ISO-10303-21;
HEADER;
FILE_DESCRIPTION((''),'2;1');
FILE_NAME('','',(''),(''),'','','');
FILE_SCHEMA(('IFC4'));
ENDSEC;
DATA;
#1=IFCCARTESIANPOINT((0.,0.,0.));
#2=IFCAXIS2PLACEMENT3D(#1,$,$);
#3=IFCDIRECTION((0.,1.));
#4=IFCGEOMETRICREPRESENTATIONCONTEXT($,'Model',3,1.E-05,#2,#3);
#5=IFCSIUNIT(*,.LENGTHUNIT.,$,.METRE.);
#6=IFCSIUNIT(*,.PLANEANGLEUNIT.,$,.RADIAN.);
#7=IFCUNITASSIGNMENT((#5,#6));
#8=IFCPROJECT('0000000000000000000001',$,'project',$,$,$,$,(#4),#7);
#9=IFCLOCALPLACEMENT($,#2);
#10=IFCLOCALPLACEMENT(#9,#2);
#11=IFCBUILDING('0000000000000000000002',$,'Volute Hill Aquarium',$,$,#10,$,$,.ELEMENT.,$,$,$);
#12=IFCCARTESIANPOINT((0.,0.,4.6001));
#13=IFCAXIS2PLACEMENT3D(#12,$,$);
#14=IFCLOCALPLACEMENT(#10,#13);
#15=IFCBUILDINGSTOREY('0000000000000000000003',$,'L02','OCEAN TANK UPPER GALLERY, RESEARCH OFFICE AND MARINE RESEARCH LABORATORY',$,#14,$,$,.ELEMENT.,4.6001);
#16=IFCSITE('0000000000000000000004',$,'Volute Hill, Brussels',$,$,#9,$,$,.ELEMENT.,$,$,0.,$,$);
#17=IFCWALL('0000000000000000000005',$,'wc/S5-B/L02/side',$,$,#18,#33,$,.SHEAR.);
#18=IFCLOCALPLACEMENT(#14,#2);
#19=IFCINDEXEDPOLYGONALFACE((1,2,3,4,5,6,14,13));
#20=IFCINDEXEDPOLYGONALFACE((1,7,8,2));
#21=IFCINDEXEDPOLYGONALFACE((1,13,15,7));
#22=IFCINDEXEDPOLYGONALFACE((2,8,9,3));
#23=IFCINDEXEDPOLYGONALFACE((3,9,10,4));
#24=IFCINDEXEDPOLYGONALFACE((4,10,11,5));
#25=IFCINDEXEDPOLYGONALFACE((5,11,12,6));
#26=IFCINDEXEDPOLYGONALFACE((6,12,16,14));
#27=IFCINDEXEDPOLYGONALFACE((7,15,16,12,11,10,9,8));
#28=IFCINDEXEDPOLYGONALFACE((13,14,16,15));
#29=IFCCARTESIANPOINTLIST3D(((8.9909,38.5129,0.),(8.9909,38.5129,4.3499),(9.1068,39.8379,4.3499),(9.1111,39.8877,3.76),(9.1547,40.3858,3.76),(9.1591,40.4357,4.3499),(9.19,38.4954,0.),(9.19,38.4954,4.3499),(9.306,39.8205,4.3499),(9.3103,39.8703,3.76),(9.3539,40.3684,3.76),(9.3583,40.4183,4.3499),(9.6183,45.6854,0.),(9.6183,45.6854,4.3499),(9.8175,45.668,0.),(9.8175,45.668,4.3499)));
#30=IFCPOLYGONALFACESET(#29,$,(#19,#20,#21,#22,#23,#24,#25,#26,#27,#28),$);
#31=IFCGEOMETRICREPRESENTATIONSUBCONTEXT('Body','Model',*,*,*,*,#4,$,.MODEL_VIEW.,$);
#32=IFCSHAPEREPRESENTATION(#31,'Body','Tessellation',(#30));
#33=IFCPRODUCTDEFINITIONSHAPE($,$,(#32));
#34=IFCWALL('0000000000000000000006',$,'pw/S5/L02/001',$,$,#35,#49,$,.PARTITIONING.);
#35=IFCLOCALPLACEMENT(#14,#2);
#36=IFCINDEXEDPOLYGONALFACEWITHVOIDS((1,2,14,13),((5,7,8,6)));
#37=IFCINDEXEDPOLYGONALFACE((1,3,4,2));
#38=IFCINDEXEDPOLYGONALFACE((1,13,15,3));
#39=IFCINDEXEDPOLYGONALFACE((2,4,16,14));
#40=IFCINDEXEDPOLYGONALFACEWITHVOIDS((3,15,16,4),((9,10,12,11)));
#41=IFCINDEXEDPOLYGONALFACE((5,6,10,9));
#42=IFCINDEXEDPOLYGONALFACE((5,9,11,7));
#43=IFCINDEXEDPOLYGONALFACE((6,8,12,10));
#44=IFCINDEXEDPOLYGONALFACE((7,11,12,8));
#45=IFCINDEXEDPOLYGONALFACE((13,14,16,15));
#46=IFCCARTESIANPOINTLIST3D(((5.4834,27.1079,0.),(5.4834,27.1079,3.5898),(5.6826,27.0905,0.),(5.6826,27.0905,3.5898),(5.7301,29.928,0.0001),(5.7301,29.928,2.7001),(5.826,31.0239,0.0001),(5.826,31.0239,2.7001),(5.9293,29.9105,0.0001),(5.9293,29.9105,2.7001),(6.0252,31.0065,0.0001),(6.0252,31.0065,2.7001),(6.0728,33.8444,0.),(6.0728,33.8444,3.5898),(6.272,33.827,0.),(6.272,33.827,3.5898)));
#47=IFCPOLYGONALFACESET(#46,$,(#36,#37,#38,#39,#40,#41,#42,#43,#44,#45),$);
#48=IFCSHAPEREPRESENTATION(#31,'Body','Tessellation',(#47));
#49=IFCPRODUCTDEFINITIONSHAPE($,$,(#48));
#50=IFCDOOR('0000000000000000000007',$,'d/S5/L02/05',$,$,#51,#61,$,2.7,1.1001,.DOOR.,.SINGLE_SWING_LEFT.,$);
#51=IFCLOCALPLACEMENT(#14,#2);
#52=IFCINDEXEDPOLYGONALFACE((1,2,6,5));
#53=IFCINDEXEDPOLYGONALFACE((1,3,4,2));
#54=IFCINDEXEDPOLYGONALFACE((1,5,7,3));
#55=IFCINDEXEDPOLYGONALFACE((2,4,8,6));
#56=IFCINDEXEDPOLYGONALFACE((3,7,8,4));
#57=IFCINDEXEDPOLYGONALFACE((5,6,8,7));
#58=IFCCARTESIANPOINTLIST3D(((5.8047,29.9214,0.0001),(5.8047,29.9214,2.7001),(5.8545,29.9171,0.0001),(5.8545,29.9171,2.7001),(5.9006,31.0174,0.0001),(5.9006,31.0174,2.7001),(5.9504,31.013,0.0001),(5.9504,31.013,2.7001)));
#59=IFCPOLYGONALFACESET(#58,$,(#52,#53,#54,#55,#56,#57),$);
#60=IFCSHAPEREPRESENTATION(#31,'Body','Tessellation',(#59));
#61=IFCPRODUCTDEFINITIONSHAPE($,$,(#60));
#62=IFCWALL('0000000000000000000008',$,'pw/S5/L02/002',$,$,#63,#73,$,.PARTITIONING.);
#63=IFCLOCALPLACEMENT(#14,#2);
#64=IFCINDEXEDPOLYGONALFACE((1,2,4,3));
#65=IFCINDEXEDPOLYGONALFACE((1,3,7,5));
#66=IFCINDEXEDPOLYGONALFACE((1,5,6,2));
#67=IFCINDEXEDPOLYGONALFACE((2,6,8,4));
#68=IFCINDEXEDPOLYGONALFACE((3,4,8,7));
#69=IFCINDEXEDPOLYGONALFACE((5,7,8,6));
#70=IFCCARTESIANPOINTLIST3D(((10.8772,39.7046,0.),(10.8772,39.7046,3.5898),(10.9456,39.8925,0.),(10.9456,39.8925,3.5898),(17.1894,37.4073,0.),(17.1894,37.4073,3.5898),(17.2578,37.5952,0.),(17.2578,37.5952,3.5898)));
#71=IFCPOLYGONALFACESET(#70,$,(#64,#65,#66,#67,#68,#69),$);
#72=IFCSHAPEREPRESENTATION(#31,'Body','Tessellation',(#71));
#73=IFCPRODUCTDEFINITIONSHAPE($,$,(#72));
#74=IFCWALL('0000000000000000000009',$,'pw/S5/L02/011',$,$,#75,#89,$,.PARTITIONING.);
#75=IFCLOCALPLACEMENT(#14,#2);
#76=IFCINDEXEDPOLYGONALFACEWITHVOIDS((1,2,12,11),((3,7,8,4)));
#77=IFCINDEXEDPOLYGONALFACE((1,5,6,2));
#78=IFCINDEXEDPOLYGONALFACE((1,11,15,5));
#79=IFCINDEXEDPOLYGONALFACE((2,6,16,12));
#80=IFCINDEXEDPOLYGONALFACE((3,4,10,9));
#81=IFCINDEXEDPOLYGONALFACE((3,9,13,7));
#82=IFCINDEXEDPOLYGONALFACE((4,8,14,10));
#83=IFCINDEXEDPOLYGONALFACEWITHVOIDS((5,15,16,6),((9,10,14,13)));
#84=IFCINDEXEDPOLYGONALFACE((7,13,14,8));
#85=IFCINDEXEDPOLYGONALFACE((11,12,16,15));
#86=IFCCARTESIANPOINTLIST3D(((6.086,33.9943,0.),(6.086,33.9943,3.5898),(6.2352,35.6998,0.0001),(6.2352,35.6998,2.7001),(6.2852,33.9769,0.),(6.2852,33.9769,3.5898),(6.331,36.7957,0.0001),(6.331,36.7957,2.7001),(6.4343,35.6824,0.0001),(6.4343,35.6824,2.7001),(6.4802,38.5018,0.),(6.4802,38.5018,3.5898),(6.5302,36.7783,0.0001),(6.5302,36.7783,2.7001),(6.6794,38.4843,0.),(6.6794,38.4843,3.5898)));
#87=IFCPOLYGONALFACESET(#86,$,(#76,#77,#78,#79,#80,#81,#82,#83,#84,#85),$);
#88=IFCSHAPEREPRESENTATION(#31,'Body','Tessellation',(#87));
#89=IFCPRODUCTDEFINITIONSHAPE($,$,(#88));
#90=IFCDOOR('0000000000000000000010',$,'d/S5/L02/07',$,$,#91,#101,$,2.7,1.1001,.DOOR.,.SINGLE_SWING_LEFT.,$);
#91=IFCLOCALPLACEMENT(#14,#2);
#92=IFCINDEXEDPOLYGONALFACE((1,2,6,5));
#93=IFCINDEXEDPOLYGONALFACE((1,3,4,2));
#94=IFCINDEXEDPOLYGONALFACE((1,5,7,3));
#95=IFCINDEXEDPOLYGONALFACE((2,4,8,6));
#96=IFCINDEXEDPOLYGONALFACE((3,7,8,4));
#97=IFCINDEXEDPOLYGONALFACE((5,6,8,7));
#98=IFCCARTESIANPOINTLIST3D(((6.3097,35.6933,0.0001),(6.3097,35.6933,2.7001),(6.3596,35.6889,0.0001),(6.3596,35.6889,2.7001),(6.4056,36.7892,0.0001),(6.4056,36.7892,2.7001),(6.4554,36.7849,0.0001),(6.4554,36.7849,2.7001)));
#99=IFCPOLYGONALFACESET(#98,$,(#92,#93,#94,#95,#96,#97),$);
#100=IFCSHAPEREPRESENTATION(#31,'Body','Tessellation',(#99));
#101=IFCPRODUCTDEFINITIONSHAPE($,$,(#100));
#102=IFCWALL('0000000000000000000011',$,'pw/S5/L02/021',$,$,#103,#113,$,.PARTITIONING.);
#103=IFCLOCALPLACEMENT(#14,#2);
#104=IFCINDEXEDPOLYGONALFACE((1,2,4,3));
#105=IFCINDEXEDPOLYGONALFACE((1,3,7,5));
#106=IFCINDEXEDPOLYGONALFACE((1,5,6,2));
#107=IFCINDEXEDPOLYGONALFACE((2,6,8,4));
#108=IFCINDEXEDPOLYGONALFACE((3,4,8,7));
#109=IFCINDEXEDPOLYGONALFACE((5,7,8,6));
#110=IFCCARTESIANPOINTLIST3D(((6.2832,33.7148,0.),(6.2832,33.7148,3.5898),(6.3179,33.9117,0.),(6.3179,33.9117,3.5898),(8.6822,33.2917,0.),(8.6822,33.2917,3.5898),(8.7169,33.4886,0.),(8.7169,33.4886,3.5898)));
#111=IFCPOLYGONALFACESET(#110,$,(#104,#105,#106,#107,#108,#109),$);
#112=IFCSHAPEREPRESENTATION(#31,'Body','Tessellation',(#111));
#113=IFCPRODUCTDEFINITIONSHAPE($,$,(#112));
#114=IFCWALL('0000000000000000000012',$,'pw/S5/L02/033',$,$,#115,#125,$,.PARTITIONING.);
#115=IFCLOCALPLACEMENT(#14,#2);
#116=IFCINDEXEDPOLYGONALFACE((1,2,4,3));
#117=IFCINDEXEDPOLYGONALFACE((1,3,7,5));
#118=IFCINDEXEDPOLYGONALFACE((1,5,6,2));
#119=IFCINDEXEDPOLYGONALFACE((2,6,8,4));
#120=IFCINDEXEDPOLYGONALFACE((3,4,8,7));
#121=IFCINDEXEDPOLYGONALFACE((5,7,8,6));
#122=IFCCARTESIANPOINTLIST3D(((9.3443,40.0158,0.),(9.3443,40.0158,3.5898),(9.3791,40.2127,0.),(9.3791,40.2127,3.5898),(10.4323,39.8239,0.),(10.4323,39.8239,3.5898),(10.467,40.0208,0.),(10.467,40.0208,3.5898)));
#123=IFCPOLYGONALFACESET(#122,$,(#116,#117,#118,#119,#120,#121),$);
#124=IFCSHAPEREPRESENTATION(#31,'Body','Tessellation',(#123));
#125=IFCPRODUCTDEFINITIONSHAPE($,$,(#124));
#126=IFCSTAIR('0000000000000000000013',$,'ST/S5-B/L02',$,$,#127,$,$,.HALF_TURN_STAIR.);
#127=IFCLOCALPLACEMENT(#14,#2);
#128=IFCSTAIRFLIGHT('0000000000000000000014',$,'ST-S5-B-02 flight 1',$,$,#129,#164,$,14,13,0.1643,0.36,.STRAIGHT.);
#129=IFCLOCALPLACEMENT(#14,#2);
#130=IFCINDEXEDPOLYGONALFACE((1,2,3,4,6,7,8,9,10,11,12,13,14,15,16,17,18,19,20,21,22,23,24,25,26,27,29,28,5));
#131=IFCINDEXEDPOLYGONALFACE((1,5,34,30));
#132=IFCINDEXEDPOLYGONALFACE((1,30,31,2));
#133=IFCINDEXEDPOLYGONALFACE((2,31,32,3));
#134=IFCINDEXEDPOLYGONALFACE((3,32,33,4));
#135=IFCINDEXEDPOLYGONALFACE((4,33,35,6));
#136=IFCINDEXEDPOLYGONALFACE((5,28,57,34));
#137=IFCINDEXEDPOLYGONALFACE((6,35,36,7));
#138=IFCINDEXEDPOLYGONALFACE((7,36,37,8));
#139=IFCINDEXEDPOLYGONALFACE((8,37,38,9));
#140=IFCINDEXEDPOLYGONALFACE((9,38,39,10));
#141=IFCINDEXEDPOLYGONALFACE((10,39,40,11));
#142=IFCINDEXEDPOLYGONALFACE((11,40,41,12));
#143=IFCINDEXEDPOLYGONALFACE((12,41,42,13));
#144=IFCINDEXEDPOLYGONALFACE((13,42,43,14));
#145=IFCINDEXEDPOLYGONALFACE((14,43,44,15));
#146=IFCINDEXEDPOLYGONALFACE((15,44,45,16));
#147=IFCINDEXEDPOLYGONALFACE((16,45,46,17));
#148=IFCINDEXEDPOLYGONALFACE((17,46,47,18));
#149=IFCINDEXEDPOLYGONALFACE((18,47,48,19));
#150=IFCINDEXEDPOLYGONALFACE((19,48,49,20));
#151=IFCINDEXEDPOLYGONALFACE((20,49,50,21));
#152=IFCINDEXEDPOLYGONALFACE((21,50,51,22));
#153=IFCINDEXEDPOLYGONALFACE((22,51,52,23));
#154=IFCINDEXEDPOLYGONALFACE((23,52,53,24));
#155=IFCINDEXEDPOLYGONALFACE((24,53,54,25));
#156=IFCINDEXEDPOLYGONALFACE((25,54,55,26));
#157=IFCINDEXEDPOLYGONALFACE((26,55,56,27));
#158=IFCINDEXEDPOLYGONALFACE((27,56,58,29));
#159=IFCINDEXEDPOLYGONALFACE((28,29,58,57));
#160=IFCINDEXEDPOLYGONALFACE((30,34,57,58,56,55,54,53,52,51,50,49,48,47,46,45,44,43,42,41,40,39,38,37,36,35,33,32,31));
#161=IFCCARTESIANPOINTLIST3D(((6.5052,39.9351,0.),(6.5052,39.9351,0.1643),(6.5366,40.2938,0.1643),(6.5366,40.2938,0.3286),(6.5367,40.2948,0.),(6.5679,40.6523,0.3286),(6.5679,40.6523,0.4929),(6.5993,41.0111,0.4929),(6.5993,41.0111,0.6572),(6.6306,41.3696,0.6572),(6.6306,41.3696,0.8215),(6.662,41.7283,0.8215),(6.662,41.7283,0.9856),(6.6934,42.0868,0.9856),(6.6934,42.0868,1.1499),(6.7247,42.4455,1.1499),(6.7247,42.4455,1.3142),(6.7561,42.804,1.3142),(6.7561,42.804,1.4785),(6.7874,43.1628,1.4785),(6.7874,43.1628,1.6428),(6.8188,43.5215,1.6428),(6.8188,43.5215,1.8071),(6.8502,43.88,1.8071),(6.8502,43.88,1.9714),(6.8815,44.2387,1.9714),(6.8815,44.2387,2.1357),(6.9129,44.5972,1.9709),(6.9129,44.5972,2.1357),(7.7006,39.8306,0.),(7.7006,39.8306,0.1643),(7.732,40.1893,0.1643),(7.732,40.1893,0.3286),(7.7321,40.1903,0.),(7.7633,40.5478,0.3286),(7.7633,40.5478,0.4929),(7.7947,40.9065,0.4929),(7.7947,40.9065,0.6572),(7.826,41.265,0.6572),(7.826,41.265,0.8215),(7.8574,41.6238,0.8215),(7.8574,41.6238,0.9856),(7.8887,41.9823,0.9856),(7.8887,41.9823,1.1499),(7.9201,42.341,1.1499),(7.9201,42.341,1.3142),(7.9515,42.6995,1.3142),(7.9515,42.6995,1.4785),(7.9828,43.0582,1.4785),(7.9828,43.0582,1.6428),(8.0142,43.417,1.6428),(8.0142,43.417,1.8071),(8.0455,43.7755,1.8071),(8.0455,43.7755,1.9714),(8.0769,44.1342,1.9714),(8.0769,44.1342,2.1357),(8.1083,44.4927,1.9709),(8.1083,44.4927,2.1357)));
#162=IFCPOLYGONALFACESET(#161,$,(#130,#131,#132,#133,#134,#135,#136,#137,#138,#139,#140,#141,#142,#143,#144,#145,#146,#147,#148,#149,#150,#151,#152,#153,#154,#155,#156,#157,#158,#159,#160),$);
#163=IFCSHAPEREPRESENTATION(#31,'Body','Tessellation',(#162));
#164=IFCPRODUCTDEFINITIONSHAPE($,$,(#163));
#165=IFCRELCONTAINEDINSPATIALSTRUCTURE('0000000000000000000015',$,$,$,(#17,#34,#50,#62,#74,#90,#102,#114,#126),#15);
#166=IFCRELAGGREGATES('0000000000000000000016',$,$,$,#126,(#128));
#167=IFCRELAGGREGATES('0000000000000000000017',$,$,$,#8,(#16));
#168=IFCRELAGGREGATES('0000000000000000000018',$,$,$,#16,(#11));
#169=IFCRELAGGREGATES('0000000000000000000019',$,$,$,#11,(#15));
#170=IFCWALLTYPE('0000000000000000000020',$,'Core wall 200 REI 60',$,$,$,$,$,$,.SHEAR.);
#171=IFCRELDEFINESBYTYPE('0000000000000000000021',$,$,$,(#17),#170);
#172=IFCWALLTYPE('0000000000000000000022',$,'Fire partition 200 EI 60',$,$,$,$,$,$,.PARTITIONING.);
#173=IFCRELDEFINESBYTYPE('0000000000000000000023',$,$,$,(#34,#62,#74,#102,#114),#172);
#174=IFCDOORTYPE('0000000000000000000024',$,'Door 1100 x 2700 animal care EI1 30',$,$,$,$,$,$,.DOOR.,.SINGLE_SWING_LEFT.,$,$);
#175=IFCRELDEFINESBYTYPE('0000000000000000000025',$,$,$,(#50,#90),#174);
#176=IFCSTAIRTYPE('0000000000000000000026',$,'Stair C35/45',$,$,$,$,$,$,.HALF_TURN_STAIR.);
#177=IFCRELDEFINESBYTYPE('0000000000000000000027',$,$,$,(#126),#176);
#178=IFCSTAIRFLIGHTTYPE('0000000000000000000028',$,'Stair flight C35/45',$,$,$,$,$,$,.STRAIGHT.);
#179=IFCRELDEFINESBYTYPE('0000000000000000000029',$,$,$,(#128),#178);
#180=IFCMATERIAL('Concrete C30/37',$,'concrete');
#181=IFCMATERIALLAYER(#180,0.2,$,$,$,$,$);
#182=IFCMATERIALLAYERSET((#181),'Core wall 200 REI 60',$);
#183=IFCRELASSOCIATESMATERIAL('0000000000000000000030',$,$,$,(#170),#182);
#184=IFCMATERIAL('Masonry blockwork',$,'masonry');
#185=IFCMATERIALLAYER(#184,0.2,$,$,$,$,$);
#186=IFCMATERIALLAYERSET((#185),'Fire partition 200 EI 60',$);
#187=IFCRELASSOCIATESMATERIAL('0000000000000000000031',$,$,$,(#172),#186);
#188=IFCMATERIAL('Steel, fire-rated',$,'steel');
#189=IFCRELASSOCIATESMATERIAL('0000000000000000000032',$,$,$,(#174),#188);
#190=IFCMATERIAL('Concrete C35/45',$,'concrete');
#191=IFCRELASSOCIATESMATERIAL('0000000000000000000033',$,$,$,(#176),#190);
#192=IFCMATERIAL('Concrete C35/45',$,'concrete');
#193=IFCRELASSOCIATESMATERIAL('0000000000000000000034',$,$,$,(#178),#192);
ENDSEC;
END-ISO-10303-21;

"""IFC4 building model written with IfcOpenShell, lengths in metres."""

from ifc_helpers import new_model, si_unit, direction, frame, frame_2d, origin, place, context, subcontext, project, spatial, polyline, rectangle, outline, extrude, material, layer, layer_set, type_object, element, fill, aggregate, save


model = new_model("IFC4")

# Units and contexts
model_context = context("Model", 3, precision=1e-05, world=origin(), true_north=direction((0.0, 1.0)))
body_context = subcontext(model_context, "Body", "Model", "MODEL_VIEW")
ifc_project = project(units=[si_unit("LENGTHUNIT", "METRE"), si_unit("PLANEANGLEUNIT", "RADIAN")], contexts=[model_context])

# Site, building, storey
site_placement = place(None, origin())
site = spatial("IfcSite", under=ifc_project, at=site_placement, Name="Volute Hill, Brussels", CompositionType="ELEMENT", RefElevation=0.0)
building_placement = place(site_placement, origin())
building = spatial("IfcBuilding", under=site, at=building_placement, Name="Volute Hill Aquarium", CompositionType="ELEMENT")
storey_placement = place(building_placement, frame((0.0, 0.0, 4.6001)))
storey = spatial("IfcBuildingStorey", under=building, at=storey_placement, Name="L02", Description="OCEAN TANK UPPER GALLERY, RESEARCH OFFICE AND MARINE RESEARCH LABORATORY", CompositionType="ELEMENT", Elevation=4.6001)

# Wall
ifc_material_1 = material(Name="Concrete C30/37", Category="concrete")
ifc_layer_1 = layer(ifc_material_1, 0.2)
ifc_layer_set_1 = layer_set([ifc_layer_1], Name="Core wall 200 REI 60")
wall_type_1 = type_object("IfcWallType", Name="Core wall 200 REI 60", PredefinedType="SHEAR", material=ifc_layer_set_1)
wall_1_placement = place(storey_placement, frame((9.0906, 38.5042, 0.0), z_axis=(0.0, 0.0, 1.0), x_axis=(0.087145, 0.996196, 0.0)))
element("IfcWall", 1, at=wall_1_placement, inside=storey, type_object=wall_type_1, Name="wc/S5-B/L02/side", PredefinedType="SHEAR", context=body_context, shape_type="SweptSolid", body=[
    extrude(outline(polyline([(0.0, 0.0), (7.2, 0.0), (7.2, 4.3499), (1.9302, 4.3499), (1.8801, 3.76), (1.3801, 3.76), (1.3301, 4.3499), (0.0, 4.3499), (0.0, 0.0)])), frame((0.0, 0.1001, 0.0), z_axis=(0.0, -1.0, 0.0), x_axis=(1.0, 0.0, 0.0)), (0.0, 0.0, 1.0), 0.2),
])

# Wall, opening, door
ifc_material_2 = material(Name="Masonry blockwork", Category="masonry")
ifc_layer_2 = layer(ifc_material_2, 0.2)
ifc_layer_set_2 = layer_set([ifc_layer_2], Name="Fire partition 200 EI 60")
wall_type_2 = type_object("IfcWallType", Name="Fire partition 200 EI 60", PredefinedType="PARTITIONING", material=ifc_layer_set_2)
wall_2_placement = place(storey_placement, frame((6.1724, 33.8357, 0.0), z_axis=(0.0, 0.0, 1.0), x_axis=(-0.087153, -0.996195, 0.0)))
wall_2 = element("IfcWall", 2, at=wall_2_placement, inside=storey, type_object=wall_type_2, Name="pw/S5/L02/001", PredefinedType="PARTITIONING", context=body_context, shape_type="SweptSolid", body=[
    extrude(rectangle(XDim=6.7622, YDim=0.2, at=frame_2d((3.3811, 0.0))), origin(), (0.0, 0.0, 1.0), 3.5898),
])
opening_1_placement = place(wall_2_placement, frame((2.8313, 0.0, 0.0)))
opening_1 = element("IfcOpeningElement", 3, at=opening_1_placement, cuts=wall_2, PredefinedType="OPENING", context=body_context, shape_type="SweptSolid", body=[
    extrude(rectangle(XDim=1.1001, YDim=2.7, at=frame_2d((0.55, 1.3501))), frame((0.0, 0.1099, 0.0), z_axis=(0.0, -1.0, 0.0), x_axis=(1.0, 0.0, 0.0)), (0.0, 0.0, 1.0), 0.22),
])
ifc_material_3 = material(Name="Steel, fire-rated", Category="steel")
door_type = type_object("IfcDoorType", Name="Door 1100 x 2700 animal care EI1 30", OperationType="SINGLE_SWING_LEFT", PredefinedType="DOOR", material=ifc_material_3)
door_1_placement = place(opening_1_placement, origin())
door_1 = element("IfcDoor", 4, at=door_1_placement, inside=storey, type_object=door_type, Name="d/S5/L02/05", OperationType="SINGLE_SWING_LEFT", OverallHeight=2.7, OverallWidth=1.1001, PredefinedType="DOOR", context=body_context, shape_type="SweptSolid", body=[
    extrude(rectangle(XDim=1.1001, YDim=2.7, at=frame_2d((0.55, 1.3501))), frame((0.0, 0.0249, 0.0), z_axis=(0.0, -1.0, 0.0), x_axis=(1.0, 0.0, 0.0)), (0.0, 0.0, 1.0), 0.05),
])
fill(opening_1, door_1)

# Wall
wall_3_placement = place(storey_placement, frame((10.9114, 39.7986, 0.0), z_axis=(0.0, 0.0, 1.0), x_axis=(0.939698, -0.342006, 0.0)))
element("IfcWall", 5, at=wall_3_placement, inside=storey, type_object=wall_type_2, Name="pw/S5/L02/002", PredefinedType="PARTITIONING", context=body_context, shape_type="SweptSolid", body=[
    extrude(rectangle(XDim=6.7173, YDim=0.2, at=frame_2d((3.3586, 0.0))), origin(), (0.0, 0.0, 1.0), 3.5898),
])

# Wall, opening, door
wall_4_placement = place(storey_placement, frame((6.5798, 38.4929, 0.0), z_axis=(0.0, 0.0, 1.0), x_axis=(-0.08714, -0.996196, 0.0)))
wall_4 = element("IfcWall", 6, at=wall_4_placement, inside=storey, type_object=wall_type_2, Name="pw/S5/L02/011", PredefinedType="PARTITIONING", context=body_context, shape_type="SweptSolid", body=[
    extrude(rectangle(XDim=4.5247, YDim=0.2, at=frame_2d((2.2622, 0.0))), origin(), (0.0, 0.0, 1.0), 3.5898),
])
opening_2_placement = place(wall_4_placement, frame((1.7124, 0.0, 0.0)))
opening_2 = element("IfcOpeningElement", 7, at=opening_2_placement, cuts=wall_4, PredefinedType="OPENING", context=body_context, shape_type="SweptSolid", body=[
    extrude(rectangle(XDim=1.1001, YDim=2.7, at=frame_2d((0.55, 1.3501))), frame((0.0, 0.1099, 0.0), z_axis=(0.0, -1.0, 0.0), x_axis=(1.0, 0.0, 0.0)), (0.0, 0.0, 1.0), 0.22),
])
door_2_placement = place(opening_2_placement, origin())
door_2 = element("IfcDoor", 8, at=door_2_placement, inside=storey, type_object=door_type, Name="d/S5/L02/07", OperationType="SINGLE_SWING_LEFT", OverallHeight=2.7, OverallWidth=1.1001, PredefinedType="DOOR", context=body_context, shape_type="SweptSolid", body=[
    extrude(rectangle(XDim=1.1001, YDim=2.7, at=frame_2d((0.55, 1.3501))), frame((0.0, 0.0249, 0.0), z_axis=(0.0, -1.0, 0.0), x_axis=(1.0, 0.0, 0.0)), (0.0, 0.0, 1.0), 0.05),
])
fill(opening_2, door_2)

# Walls
wall_5_placement = place(storey_placement, frame((6.3005, 33.8132, 0.0), z_axis=(0.0, 0.0, 1.0), x_axis=(0.984801, -0.173688, 0.0)))
element("IfcWall", 9, at=wall_5_placement, inside=storey, type_object=wall_type_2, Name="pw/S5/L02/021", PredefinedType="PARTITIONING", context=body_context, shape_type="SweptSolid", body=[
    extrude(rectangle(XDim=2.436, YDim=0.2, at=frame_2d((1.218, 0.0))), origin(), (0.0, 0.0, 1.0), 3.5898),
])
wall_6_placement = place(storey_placement, frame((9.3618, 40.1143, 0.0), z_axis=(0.0, 0.0, 1.0), x_axis=(0.984797, -0.17371, 0.0)))
element("IfcWall", 10, at=wall_6_placement, inside=storey, type_object=wall_type_2, Name="pw/S5/L02/033", PredefinedType="PARTITIONING", context=body_context, shape_type="SweptSolid", body=[
    extrude(rectangle(XDim=1.1047, YDim=0.2, at=frame_2d((0.5522, 0.0))), origin(), (0.0, 0.0, 1.0), 3.5898),
])

# Stair, stair flight
ifc_material_4 = material(Name="Concrete C35/45", Category="concrete")
stair_type = type_object("IfcStairType", Name="Stair C35/45", PredefinedType="HALF_TURN_STAIR", material=ifc_material_4)
stair_placement = place(storey_placement, origin())
stair = element("IfcStair", 11, at=stair_placement, inside=storey, type_object=stair_type, Name="ST/S5-B/L02", PredefinedType="HALF_TURN_STAIR")
ifc_material_5 = material(Name="Concrete C35/45", Category="concrete")
stair_flight_type = type_object("IfcStairFlightType", Name="Stair flight C35/45", PredefinedType="STRAIGHT", material=ifc_material_5)
stair_flight_placement = place(storey_placement, frame((7.103, 39.8828, 0.0), z_axis=(0.0, 0.0, 1.0), x_axis=(0.087109, 0.996199, 0.0)))
stair_flight = element("IfcStairFlight", 12, at=stair_flight_placement, type_object=stair_flight_type, Name="ST-S5-B-02 flight 1", NumberOfRisers=14, NumberOfTreads=13, PredefinedType="STRAIGHT", RiserHeight=0.1643, TreadLength=0.36, context=body_context, shape_type="SweptSolid", body=[
    extrude(outline(polyline([(0.0, 0.0), (0.0, 0.1643), (0.3601, 0.1643), (0.3601, 0.3286), (0.72, 0.3286), (0.72, 0.4929), (1.0801, 0.4929), (1.0801, 0.6572), (1.4399, 0.6572), (1.4399, 0.8215), (1.8, 0.8215), (1.8, 0.9856), (2.1599, 0.9856), (2.1599, 1.1499), (2.52, 1.1499), (2.52, 1.3142), (2.8799, 1.3142), (2.8799, 1.4785), (3.24, 1.4785), (3.24, 1.6428), (3.6001, 1.6428), (3.6001, 1.8071), (3.96, 1.8071), (3.96, 1.9714), (4.3201, 1.9714), (4.3201, 2.1357), (4.6799, 2.1357), (4.6799, 2.3), (4.6799, 1.9709), (0.3611, 0.0), (0.0, 0.0)])), frame((0.0, 0.6001, 0.0), z_axis=(0.0, -1.0, 0.0), x_axis=(1.0, 0.0, 0.0)), (0.0, 0.0, 1.0), 1.2),
])
aggregate(stair, [stair_flight])

save(model, "model.ifc")
